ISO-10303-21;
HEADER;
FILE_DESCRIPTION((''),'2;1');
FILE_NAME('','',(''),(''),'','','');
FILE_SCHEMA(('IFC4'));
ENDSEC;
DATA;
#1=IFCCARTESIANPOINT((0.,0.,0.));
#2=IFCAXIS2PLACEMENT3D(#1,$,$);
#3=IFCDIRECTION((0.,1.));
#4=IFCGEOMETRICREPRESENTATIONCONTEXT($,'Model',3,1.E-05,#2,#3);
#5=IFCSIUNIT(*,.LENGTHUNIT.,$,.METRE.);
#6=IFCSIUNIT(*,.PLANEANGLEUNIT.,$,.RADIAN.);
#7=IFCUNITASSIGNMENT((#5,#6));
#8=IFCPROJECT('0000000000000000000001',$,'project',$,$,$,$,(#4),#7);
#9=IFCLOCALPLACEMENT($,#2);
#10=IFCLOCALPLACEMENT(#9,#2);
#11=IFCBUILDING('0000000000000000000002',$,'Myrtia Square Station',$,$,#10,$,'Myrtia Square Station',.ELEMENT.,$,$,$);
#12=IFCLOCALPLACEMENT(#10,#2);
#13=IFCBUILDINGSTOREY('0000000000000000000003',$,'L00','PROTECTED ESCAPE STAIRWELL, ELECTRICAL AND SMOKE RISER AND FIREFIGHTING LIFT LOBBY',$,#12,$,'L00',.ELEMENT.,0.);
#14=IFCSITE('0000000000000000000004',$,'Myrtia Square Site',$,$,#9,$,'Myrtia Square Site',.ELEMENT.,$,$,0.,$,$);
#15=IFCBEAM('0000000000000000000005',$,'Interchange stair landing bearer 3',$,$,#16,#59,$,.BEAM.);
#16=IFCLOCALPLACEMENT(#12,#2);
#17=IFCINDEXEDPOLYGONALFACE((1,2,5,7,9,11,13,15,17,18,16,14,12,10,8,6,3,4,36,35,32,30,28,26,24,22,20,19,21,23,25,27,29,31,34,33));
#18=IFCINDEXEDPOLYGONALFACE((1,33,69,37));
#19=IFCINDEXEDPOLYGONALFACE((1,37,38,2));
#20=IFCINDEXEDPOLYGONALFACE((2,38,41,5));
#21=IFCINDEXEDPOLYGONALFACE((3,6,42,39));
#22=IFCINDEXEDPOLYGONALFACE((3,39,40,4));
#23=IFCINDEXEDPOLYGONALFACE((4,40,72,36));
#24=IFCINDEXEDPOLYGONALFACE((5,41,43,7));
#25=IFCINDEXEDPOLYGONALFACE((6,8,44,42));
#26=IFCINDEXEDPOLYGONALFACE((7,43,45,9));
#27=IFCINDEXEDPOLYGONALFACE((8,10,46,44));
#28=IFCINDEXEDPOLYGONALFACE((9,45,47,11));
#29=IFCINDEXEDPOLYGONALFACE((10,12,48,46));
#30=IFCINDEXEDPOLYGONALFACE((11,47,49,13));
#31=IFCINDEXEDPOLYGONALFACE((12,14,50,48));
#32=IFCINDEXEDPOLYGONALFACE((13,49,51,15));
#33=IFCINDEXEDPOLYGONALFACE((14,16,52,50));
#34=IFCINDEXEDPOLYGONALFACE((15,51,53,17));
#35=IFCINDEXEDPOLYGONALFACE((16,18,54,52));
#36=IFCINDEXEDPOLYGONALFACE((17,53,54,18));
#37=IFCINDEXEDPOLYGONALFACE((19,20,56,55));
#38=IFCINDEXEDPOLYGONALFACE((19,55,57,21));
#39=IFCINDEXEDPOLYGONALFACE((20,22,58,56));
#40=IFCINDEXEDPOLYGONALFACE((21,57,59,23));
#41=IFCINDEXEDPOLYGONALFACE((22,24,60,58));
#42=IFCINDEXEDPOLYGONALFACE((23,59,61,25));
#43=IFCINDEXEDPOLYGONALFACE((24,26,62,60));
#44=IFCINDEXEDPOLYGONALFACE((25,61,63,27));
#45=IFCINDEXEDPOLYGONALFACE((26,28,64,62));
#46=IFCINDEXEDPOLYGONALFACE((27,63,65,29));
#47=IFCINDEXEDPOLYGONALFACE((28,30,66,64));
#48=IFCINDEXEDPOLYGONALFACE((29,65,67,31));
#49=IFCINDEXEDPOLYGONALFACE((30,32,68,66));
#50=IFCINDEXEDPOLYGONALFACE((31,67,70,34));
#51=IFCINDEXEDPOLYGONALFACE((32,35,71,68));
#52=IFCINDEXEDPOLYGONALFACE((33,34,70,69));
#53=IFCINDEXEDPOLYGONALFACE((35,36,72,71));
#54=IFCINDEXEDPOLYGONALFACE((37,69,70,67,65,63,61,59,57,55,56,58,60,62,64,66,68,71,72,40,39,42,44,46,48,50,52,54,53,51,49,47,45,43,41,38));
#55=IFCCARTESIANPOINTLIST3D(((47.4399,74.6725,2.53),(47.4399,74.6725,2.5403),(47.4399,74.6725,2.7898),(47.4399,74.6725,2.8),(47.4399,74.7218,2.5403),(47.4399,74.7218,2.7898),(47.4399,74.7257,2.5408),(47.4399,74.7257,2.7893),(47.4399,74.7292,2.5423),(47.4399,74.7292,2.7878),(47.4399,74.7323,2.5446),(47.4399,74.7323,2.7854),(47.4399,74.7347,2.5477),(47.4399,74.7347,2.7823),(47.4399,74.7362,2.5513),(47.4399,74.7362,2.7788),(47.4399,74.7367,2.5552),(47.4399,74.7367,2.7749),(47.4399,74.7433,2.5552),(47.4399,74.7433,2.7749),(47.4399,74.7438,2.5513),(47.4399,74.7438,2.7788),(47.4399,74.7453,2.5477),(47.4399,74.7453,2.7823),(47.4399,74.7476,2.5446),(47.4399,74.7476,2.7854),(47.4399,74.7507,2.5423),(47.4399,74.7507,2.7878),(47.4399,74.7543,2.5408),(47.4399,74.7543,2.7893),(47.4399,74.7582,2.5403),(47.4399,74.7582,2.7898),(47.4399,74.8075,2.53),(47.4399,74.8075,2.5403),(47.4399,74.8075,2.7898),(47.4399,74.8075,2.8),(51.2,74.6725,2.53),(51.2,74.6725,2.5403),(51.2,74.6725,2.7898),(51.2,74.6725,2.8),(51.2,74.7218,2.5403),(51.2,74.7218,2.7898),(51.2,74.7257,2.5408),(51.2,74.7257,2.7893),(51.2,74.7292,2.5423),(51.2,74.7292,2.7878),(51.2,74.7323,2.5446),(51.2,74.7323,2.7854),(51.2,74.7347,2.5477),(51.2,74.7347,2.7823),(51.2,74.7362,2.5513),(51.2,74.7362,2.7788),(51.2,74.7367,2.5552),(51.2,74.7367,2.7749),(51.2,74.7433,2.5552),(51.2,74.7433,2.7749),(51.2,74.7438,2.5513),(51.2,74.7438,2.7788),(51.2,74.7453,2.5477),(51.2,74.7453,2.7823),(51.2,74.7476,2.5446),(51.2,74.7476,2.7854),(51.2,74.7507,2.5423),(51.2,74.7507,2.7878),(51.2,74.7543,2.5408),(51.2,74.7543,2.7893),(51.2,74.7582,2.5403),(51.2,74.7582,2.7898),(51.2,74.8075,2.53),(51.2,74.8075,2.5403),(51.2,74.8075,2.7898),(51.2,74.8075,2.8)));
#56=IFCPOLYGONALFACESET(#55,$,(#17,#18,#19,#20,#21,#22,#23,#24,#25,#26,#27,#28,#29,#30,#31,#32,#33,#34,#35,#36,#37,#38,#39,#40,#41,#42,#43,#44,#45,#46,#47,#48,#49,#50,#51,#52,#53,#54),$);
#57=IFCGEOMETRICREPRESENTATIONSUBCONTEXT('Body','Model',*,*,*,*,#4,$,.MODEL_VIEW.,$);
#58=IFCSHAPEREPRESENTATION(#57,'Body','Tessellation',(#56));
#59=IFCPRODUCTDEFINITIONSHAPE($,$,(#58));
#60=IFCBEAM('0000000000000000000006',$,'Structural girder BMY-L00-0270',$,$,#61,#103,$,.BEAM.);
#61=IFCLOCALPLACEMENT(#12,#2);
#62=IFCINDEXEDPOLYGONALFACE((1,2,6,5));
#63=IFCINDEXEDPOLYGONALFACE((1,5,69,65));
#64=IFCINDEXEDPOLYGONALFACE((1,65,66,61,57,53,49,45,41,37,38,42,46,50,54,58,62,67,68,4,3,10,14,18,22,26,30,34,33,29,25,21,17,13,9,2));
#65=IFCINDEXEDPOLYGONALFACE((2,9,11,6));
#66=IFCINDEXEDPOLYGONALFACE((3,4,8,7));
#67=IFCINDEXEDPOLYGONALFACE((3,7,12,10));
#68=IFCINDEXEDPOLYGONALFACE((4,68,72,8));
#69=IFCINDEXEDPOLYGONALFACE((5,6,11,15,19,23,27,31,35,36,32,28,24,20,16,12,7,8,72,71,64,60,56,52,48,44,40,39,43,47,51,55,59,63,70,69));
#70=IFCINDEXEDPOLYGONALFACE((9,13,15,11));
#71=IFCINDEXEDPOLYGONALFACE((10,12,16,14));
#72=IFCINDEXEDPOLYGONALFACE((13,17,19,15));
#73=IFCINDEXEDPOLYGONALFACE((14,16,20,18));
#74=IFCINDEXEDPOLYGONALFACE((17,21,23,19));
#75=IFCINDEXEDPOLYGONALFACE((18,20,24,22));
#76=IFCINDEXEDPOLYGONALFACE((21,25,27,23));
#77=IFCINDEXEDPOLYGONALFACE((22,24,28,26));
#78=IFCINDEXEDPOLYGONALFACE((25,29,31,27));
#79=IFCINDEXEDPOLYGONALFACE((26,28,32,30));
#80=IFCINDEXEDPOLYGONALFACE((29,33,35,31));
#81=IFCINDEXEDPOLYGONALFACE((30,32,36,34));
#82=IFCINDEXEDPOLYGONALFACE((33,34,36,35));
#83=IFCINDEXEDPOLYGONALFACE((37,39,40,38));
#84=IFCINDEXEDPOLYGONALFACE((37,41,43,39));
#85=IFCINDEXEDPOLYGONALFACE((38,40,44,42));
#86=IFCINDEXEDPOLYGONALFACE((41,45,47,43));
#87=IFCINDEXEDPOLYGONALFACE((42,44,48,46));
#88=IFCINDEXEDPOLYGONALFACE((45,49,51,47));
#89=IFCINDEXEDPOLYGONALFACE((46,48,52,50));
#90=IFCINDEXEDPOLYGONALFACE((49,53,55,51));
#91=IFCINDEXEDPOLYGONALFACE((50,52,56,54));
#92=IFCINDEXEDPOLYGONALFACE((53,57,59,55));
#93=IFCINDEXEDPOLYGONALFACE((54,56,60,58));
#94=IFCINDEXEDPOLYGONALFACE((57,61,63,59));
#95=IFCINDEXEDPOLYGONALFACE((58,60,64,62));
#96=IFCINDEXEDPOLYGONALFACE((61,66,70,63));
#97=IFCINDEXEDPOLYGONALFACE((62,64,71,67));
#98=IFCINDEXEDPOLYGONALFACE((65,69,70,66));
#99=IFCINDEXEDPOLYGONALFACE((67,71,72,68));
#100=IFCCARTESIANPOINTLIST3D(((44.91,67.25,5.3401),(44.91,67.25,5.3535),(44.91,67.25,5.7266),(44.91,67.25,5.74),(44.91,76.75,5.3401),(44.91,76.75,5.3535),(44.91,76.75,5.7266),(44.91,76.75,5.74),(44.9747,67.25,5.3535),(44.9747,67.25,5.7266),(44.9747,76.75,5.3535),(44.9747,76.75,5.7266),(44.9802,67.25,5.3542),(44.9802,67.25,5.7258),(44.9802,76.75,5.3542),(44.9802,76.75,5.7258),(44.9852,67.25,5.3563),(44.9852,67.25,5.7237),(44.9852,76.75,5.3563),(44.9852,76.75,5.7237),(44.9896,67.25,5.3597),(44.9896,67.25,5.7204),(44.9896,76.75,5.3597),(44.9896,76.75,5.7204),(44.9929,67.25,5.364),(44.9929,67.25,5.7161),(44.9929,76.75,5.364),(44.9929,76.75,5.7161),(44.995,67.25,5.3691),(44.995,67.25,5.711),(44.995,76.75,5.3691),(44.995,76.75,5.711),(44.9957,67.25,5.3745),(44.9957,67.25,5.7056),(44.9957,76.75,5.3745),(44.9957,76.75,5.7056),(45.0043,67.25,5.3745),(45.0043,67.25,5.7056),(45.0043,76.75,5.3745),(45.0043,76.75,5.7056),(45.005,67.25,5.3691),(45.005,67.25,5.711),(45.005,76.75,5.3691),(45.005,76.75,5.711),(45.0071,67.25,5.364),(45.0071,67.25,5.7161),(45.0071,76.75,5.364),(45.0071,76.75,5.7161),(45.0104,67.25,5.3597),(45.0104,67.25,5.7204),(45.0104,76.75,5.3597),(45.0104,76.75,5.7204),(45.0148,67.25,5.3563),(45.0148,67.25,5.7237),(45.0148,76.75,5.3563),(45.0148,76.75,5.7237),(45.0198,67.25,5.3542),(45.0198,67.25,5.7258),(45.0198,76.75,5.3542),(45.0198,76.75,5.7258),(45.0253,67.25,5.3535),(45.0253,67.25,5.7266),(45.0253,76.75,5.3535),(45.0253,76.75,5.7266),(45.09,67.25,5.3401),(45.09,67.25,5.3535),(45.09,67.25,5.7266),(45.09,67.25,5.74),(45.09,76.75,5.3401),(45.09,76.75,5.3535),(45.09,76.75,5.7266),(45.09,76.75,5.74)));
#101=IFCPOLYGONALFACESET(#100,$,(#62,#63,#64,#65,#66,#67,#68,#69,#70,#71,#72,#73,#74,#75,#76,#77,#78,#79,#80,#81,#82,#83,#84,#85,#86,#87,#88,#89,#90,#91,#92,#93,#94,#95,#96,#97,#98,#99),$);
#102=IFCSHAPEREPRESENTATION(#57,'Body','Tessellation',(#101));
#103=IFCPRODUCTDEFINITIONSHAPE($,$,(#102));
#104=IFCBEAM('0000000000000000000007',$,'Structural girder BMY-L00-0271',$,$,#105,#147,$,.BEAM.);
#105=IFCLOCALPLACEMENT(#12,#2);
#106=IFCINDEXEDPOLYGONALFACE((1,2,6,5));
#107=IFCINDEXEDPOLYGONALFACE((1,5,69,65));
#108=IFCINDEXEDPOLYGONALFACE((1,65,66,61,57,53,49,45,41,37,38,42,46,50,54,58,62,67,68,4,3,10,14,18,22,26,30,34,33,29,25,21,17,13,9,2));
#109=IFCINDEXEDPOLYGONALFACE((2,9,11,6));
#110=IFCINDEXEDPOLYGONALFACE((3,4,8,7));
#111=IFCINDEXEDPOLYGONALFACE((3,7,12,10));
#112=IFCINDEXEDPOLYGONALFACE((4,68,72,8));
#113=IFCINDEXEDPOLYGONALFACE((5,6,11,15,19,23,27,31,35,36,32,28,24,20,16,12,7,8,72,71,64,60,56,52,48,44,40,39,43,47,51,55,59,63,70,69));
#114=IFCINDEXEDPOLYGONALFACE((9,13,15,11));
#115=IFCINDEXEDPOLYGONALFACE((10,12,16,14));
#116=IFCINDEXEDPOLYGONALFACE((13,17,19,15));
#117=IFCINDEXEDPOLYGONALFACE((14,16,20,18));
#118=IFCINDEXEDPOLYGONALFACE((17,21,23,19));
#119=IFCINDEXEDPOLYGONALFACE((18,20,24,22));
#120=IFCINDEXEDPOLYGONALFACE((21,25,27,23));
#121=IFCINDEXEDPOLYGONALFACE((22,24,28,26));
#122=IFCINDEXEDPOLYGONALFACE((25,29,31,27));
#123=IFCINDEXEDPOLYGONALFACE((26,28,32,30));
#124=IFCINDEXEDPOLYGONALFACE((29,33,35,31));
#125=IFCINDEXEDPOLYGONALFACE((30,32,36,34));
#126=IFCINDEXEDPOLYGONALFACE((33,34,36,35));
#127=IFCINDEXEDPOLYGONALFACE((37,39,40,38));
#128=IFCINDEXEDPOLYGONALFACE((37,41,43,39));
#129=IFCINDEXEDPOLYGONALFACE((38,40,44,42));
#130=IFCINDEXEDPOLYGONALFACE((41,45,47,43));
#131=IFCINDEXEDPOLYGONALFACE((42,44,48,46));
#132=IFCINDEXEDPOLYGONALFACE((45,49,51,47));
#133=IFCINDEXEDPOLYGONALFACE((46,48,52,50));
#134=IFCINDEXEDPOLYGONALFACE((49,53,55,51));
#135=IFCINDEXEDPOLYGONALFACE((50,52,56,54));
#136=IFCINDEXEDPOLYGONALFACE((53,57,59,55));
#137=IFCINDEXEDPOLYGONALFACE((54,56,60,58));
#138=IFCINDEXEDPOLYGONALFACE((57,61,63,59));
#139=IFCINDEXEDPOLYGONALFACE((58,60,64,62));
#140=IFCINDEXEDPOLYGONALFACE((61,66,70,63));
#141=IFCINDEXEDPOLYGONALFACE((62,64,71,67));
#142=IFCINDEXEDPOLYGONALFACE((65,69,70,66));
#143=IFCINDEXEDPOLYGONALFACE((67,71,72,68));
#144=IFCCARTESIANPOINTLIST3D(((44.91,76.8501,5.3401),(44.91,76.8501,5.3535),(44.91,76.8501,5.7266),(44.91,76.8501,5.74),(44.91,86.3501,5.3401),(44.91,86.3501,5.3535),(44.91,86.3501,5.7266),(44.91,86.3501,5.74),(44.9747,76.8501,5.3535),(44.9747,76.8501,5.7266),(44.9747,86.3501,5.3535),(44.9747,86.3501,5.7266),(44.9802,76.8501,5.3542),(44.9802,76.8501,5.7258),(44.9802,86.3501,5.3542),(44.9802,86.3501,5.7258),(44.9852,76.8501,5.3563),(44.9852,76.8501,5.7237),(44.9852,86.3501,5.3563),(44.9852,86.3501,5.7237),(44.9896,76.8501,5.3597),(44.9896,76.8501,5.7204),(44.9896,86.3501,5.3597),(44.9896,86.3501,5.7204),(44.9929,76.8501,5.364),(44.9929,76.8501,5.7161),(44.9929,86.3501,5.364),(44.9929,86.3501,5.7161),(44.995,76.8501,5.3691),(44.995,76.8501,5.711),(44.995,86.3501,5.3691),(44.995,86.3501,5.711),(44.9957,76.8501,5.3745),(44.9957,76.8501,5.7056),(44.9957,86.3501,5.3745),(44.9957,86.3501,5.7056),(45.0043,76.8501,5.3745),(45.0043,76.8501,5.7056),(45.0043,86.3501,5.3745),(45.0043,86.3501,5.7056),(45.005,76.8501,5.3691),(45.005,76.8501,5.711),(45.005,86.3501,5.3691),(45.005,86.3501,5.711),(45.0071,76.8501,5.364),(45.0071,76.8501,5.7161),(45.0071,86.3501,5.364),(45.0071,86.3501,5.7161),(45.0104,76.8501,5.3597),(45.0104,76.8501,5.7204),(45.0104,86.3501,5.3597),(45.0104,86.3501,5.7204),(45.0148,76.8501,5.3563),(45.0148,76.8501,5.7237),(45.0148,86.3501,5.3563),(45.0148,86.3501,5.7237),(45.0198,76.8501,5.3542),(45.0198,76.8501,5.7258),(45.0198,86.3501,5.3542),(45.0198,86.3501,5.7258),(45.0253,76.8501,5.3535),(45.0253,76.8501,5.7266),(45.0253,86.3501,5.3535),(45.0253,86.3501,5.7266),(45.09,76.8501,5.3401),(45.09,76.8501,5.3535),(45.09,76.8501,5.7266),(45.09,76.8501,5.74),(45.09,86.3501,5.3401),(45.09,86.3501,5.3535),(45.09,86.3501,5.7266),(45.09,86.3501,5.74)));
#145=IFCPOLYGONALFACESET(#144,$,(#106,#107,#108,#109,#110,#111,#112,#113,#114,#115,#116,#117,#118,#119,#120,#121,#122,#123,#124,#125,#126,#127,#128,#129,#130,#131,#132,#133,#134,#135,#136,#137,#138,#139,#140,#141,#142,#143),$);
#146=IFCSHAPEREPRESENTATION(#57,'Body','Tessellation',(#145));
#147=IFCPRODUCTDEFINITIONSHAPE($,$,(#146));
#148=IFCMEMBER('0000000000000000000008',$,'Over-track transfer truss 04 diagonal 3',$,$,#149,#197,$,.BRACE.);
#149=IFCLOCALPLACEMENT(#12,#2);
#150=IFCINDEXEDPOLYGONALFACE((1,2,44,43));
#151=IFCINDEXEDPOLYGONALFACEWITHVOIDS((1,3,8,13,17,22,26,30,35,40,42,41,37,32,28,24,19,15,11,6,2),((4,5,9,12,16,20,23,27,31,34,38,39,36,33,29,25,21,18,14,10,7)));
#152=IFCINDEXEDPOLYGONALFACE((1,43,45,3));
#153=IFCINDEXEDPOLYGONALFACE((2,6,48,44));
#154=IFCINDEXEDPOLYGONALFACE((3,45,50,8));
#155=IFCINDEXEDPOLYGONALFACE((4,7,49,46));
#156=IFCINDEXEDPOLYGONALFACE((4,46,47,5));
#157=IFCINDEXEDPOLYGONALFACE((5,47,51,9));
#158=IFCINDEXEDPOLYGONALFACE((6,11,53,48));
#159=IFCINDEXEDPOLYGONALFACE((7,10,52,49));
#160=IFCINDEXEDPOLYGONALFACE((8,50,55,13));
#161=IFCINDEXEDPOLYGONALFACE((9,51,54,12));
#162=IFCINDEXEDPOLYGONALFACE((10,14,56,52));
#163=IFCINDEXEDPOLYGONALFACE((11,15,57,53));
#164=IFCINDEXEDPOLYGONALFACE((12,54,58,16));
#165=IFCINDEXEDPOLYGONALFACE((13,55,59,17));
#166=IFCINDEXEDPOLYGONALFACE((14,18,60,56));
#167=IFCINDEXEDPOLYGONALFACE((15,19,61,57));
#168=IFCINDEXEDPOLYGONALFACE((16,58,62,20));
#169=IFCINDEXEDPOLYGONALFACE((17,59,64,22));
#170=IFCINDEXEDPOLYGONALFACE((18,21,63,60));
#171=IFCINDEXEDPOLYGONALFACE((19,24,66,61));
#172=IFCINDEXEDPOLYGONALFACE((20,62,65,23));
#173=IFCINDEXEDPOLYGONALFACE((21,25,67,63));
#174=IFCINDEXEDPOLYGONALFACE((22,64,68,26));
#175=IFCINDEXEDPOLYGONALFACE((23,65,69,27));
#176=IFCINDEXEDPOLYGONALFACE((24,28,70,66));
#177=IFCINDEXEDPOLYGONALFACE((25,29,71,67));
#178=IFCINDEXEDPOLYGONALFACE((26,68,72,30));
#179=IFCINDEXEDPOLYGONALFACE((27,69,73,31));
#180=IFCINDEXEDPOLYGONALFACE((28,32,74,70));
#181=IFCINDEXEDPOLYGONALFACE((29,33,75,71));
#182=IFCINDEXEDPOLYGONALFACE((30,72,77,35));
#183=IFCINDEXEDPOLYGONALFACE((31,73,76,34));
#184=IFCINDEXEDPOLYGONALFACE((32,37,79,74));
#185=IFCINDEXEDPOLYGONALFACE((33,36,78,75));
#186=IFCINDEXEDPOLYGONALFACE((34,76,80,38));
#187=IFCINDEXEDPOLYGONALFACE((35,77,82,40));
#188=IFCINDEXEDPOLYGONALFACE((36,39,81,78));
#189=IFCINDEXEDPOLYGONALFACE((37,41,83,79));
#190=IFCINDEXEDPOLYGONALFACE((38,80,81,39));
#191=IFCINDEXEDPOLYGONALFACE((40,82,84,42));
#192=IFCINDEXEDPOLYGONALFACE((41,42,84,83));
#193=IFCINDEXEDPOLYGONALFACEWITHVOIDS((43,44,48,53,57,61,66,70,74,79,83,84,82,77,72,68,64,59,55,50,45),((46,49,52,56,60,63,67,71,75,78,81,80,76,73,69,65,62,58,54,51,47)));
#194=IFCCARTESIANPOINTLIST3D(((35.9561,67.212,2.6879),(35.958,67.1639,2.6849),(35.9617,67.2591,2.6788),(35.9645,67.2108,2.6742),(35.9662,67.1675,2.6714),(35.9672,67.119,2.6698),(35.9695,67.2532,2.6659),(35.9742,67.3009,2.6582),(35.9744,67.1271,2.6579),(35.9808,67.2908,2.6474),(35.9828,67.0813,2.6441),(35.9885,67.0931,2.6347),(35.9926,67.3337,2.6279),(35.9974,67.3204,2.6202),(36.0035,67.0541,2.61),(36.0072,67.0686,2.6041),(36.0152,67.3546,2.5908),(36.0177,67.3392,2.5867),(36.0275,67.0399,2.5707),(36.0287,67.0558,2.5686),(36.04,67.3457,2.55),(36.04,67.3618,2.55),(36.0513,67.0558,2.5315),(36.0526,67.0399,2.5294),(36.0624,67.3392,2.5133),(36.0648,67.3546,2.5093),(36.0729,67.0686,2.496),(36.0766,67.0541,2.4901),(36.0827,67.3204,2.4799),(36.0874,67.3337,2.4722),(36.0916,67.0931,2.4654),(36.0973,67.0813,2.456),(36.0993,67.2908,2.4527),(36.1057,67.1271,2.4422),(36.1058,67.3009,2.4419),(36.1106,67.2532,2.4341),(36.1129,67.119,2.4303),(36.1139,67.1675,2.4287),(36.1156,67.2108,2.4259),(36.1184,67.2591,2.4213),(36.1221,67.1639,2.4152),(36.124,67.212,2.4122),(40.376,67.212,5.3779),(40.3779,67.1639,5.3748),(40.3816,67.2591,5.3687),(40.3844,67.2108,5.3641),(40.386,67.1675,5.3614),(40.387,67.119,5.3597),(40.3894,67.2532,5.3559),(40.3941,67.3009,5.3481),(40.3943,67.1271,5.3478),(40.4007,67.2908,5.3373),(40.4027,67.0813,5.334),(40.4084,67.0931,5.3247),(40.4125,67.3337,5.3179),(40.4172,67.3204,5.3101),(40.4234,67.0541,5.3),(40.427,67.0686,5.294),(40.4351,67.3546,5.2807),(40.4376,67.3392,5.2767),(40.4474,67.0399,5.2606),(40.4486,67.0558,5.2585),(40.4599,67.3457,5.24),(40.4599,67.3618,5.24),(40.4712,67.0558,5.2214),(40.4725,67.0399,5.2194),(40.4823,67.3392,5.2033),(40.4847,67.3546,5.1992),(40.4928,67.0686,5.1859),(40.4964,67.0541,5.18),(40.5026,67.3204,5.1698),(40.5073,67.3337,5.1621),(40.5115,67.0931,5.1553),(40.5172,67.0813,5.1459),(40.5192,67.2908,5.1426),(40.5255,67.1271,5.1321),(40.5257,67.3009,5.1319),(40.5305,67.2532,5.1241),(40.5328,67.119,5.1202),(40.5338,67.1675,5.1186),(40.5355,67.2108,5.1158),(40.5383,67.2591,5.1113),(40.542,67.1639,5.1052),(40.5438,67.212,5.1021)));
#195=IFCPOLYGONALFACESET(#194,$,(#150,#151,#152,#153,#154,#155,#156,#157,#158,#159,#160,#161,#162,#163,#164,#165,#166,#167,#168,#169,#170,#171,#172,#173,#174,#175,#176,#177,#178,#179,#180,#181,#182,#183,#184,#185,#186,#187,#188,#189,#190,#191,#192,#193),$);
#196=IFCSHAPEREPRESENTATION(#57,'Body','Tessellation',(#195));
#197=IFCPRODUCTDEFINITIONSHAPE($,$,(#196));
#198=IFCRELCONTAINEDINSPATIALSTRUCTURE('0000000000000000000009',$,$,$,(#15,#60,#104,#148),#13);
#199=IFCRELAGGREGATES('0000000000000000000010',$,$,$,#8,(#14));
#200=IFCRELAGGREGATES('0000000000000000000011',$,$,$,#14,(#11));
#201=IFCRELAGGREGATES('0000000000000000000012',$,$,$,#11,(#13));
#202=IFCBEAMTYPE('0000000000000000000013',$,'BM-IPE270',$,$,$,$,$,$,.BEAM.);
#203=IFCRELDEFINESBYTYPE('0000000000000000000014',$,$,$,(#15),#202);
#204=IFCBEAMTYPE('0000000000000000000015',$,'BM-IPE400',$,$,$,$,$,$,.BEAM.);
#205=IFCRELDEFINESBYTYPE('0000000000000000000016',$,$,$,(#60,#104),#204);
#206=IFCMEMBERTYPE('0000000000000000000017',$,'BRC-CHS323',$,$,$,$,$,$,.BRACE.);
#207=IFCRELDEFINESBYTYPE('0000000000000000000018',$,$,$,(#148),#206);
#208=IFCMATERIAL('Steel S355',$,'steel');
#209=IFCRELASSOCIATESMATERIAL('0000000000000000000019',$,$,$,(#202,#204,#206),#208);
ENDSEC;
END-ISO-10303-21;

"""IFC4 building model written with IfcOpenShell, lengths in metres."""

from ifc_helpers import new_model, si_unit, direction, frame, origin, origin_2d, place, context, subcontext, project, spatial, hollow_circle, i_section, extrude, material, material_profile, profile_set, type_object, element, save


model = new_model("IFC4")

# Units and contexts
model_context = context("Model", 3, precision=1e-05, world=origin(), true_north=direction((0.0, 1.0)))
body_context = subcontext(model_context, "Body", "Model", "MODEL_VIEW")
ifc_project = project(units=[si_unit("LENGTHUNIT", "METRE"), si_unit("PLANEANGLEUNIT", "RADIAN")], contexts=[model_context])

# Site, building, storey
site_placement = place(None, origin())
site = spatial("IfcSite", under=ifc_project, at=site_placement, Name="Myrtia Square Site", LongName="Myrtia Square Site", CompositionType="ELEMENT", RefElevation=0.0)
building_placement = place(site_placement, origin())
building = spatial("IfcBuilding", under=site, at=building_placement, Name="Myrtia Square Station", LongName="Myrtia Square Station", CompositionType="ELEMENT")
storey_placement = place(building_placement, origin())
storey = spatial("IfcBuildingStorey", under=building, at=storey_placement, Name="L00", Description="PROTECTED ESCAPE STAIRWELL, ELECTRICAL AND SMOKE RISER AND FIREFIGHTING LIFT LOBBY", LongName="L00", CompositionType="ELEMENT", Elevation=0.0)

# Shared definitions
ifc_material_1 = material(Name="Steel S355", Category="steel")

# Beams
ifc_material_profile_1 = material_profile(ifc_material_1, i_section(OverallWidth=0.135, OverallDepth=0.27, WebThickness=0.0066, FlangeThickness=0.0103, FilletRadius=0.0149, at=origin_2d()), Name="IPE 270")
ifc_profile_set_1 = profile_set([ifc_material_profile_1], Name="Steel S355")
beam_type_1 = type_object("IfcBeamType", Name="BM-IPE270", PredefinedType="BEAM", material=ifc_profile_set_1)
beam_1_placement = place(storey_placement, frame((47.4399, 74.74, 2.665), z_axis=(1.0, 0.0, 0.0), x_axis=(0.0, 1.0, 0.0)))
element("IfcBeam", 1, at=beam_1_placement, inside=storey, type_object=beam_type_1, Name="Interchange stair landing bearer 3", PredefinedType="BEAM", context=body_context, shape_type="SweptSolid", body=[
    extrude(i_section(OverallWidth=0.135, OverallDepth=0.27, WebThickness=0.0066, FlangeThickness=0.0103, FilletRadius=0.0149, at=origin_2d()), origin(), (0.0, 0.0, 1.0), 3.76),
])
ifc_material_profile_2 = material_profile(ifc_material_1, i_section(OverallWidth=0.1799, OverallDepth=0.3999, WebThickness=0.0085, FlangeThickness=0.0134, FilletRadius=0.021, at=origin_2d()), Name="IPE 400")
ifc_profile_set_2 = profile_set([ifc_material_profile_2], Name="Steel S355")
beam_type_2 = type_object("IfcBeamType", Name="BM-IPE400", PredefinedType="BEAM", material=ifc_profile_set_2)
for number, where, z_axis, x_axis, name in (
    (2, (45.0, 67.25, 5.54), (0.0, 1.0, 0.0), (-1.0, 0.0, 0.0), "Structural girder BMY-L00-0270"),
    (3, (45.0, 76.8501, 5.54), (0.0, 1.0, 0.0), (-1.0, 0.0, 0.0), "Structural girder BMY-L00-0271"),
):
    element("IfcBeam", number, at=place(storey_placement, frame(where, z_axis=z_axis, x_axis=x_axis)), inside=storey, type_object=beam_type_2, Name=name, PredefinedType="BEAM", context=body_context, shape_type="SweptSolid", body=[
        extrude(i_section(OverallWidth=0.1799, OverallDepth=0.3999, WebThickness=0.0085, FlangeThickness=0.0134, FilletRadius=0.021, at=origin_2d()), origin(), (0.0, 0.0, 1.0), 9.5),
    ])

# Member
ifc_material_profile_3 = material_profile(ifc_material_1, hollow_circle(Radius=0.1619, WallThickness=0.0161, at=origin_2d()), Name="CHS 323.9x16")
ifc_profile_set_3 = profile_set([ifc_material_profile_3], Name="Steel S355")
member_type_1 = type_object("IfcMemberType", Name="BRC-CHS323", PredefinedType="BRACE", material=ifc_profile_set_3)
for number, where, z_axis, x_axis, name in (
    (4, (36.04, 67.2, 2.55), (0.854237, 0.0, 0.519884), (0.0, 1.0, 0.0), "Over-track transfer truss 04 diagonal 3"),
):
    element("IfcMember", number, at=place(storey_placement, frame(where, z_axis=z_axis, x_axis=x_axis)), inside=storey, type_object=member_type_1, Name=name, PredefinedType="BRACE", context=body_context, shape_type="SweptSolid", body=[
        extrude(hollow_circle(Radius=0.1619, WallThickness=0.0161, at=origin_2d()), origin(), (0.0, 0.0, 1.0), 5.1741),
    ])

save(model, "model.ifc")
